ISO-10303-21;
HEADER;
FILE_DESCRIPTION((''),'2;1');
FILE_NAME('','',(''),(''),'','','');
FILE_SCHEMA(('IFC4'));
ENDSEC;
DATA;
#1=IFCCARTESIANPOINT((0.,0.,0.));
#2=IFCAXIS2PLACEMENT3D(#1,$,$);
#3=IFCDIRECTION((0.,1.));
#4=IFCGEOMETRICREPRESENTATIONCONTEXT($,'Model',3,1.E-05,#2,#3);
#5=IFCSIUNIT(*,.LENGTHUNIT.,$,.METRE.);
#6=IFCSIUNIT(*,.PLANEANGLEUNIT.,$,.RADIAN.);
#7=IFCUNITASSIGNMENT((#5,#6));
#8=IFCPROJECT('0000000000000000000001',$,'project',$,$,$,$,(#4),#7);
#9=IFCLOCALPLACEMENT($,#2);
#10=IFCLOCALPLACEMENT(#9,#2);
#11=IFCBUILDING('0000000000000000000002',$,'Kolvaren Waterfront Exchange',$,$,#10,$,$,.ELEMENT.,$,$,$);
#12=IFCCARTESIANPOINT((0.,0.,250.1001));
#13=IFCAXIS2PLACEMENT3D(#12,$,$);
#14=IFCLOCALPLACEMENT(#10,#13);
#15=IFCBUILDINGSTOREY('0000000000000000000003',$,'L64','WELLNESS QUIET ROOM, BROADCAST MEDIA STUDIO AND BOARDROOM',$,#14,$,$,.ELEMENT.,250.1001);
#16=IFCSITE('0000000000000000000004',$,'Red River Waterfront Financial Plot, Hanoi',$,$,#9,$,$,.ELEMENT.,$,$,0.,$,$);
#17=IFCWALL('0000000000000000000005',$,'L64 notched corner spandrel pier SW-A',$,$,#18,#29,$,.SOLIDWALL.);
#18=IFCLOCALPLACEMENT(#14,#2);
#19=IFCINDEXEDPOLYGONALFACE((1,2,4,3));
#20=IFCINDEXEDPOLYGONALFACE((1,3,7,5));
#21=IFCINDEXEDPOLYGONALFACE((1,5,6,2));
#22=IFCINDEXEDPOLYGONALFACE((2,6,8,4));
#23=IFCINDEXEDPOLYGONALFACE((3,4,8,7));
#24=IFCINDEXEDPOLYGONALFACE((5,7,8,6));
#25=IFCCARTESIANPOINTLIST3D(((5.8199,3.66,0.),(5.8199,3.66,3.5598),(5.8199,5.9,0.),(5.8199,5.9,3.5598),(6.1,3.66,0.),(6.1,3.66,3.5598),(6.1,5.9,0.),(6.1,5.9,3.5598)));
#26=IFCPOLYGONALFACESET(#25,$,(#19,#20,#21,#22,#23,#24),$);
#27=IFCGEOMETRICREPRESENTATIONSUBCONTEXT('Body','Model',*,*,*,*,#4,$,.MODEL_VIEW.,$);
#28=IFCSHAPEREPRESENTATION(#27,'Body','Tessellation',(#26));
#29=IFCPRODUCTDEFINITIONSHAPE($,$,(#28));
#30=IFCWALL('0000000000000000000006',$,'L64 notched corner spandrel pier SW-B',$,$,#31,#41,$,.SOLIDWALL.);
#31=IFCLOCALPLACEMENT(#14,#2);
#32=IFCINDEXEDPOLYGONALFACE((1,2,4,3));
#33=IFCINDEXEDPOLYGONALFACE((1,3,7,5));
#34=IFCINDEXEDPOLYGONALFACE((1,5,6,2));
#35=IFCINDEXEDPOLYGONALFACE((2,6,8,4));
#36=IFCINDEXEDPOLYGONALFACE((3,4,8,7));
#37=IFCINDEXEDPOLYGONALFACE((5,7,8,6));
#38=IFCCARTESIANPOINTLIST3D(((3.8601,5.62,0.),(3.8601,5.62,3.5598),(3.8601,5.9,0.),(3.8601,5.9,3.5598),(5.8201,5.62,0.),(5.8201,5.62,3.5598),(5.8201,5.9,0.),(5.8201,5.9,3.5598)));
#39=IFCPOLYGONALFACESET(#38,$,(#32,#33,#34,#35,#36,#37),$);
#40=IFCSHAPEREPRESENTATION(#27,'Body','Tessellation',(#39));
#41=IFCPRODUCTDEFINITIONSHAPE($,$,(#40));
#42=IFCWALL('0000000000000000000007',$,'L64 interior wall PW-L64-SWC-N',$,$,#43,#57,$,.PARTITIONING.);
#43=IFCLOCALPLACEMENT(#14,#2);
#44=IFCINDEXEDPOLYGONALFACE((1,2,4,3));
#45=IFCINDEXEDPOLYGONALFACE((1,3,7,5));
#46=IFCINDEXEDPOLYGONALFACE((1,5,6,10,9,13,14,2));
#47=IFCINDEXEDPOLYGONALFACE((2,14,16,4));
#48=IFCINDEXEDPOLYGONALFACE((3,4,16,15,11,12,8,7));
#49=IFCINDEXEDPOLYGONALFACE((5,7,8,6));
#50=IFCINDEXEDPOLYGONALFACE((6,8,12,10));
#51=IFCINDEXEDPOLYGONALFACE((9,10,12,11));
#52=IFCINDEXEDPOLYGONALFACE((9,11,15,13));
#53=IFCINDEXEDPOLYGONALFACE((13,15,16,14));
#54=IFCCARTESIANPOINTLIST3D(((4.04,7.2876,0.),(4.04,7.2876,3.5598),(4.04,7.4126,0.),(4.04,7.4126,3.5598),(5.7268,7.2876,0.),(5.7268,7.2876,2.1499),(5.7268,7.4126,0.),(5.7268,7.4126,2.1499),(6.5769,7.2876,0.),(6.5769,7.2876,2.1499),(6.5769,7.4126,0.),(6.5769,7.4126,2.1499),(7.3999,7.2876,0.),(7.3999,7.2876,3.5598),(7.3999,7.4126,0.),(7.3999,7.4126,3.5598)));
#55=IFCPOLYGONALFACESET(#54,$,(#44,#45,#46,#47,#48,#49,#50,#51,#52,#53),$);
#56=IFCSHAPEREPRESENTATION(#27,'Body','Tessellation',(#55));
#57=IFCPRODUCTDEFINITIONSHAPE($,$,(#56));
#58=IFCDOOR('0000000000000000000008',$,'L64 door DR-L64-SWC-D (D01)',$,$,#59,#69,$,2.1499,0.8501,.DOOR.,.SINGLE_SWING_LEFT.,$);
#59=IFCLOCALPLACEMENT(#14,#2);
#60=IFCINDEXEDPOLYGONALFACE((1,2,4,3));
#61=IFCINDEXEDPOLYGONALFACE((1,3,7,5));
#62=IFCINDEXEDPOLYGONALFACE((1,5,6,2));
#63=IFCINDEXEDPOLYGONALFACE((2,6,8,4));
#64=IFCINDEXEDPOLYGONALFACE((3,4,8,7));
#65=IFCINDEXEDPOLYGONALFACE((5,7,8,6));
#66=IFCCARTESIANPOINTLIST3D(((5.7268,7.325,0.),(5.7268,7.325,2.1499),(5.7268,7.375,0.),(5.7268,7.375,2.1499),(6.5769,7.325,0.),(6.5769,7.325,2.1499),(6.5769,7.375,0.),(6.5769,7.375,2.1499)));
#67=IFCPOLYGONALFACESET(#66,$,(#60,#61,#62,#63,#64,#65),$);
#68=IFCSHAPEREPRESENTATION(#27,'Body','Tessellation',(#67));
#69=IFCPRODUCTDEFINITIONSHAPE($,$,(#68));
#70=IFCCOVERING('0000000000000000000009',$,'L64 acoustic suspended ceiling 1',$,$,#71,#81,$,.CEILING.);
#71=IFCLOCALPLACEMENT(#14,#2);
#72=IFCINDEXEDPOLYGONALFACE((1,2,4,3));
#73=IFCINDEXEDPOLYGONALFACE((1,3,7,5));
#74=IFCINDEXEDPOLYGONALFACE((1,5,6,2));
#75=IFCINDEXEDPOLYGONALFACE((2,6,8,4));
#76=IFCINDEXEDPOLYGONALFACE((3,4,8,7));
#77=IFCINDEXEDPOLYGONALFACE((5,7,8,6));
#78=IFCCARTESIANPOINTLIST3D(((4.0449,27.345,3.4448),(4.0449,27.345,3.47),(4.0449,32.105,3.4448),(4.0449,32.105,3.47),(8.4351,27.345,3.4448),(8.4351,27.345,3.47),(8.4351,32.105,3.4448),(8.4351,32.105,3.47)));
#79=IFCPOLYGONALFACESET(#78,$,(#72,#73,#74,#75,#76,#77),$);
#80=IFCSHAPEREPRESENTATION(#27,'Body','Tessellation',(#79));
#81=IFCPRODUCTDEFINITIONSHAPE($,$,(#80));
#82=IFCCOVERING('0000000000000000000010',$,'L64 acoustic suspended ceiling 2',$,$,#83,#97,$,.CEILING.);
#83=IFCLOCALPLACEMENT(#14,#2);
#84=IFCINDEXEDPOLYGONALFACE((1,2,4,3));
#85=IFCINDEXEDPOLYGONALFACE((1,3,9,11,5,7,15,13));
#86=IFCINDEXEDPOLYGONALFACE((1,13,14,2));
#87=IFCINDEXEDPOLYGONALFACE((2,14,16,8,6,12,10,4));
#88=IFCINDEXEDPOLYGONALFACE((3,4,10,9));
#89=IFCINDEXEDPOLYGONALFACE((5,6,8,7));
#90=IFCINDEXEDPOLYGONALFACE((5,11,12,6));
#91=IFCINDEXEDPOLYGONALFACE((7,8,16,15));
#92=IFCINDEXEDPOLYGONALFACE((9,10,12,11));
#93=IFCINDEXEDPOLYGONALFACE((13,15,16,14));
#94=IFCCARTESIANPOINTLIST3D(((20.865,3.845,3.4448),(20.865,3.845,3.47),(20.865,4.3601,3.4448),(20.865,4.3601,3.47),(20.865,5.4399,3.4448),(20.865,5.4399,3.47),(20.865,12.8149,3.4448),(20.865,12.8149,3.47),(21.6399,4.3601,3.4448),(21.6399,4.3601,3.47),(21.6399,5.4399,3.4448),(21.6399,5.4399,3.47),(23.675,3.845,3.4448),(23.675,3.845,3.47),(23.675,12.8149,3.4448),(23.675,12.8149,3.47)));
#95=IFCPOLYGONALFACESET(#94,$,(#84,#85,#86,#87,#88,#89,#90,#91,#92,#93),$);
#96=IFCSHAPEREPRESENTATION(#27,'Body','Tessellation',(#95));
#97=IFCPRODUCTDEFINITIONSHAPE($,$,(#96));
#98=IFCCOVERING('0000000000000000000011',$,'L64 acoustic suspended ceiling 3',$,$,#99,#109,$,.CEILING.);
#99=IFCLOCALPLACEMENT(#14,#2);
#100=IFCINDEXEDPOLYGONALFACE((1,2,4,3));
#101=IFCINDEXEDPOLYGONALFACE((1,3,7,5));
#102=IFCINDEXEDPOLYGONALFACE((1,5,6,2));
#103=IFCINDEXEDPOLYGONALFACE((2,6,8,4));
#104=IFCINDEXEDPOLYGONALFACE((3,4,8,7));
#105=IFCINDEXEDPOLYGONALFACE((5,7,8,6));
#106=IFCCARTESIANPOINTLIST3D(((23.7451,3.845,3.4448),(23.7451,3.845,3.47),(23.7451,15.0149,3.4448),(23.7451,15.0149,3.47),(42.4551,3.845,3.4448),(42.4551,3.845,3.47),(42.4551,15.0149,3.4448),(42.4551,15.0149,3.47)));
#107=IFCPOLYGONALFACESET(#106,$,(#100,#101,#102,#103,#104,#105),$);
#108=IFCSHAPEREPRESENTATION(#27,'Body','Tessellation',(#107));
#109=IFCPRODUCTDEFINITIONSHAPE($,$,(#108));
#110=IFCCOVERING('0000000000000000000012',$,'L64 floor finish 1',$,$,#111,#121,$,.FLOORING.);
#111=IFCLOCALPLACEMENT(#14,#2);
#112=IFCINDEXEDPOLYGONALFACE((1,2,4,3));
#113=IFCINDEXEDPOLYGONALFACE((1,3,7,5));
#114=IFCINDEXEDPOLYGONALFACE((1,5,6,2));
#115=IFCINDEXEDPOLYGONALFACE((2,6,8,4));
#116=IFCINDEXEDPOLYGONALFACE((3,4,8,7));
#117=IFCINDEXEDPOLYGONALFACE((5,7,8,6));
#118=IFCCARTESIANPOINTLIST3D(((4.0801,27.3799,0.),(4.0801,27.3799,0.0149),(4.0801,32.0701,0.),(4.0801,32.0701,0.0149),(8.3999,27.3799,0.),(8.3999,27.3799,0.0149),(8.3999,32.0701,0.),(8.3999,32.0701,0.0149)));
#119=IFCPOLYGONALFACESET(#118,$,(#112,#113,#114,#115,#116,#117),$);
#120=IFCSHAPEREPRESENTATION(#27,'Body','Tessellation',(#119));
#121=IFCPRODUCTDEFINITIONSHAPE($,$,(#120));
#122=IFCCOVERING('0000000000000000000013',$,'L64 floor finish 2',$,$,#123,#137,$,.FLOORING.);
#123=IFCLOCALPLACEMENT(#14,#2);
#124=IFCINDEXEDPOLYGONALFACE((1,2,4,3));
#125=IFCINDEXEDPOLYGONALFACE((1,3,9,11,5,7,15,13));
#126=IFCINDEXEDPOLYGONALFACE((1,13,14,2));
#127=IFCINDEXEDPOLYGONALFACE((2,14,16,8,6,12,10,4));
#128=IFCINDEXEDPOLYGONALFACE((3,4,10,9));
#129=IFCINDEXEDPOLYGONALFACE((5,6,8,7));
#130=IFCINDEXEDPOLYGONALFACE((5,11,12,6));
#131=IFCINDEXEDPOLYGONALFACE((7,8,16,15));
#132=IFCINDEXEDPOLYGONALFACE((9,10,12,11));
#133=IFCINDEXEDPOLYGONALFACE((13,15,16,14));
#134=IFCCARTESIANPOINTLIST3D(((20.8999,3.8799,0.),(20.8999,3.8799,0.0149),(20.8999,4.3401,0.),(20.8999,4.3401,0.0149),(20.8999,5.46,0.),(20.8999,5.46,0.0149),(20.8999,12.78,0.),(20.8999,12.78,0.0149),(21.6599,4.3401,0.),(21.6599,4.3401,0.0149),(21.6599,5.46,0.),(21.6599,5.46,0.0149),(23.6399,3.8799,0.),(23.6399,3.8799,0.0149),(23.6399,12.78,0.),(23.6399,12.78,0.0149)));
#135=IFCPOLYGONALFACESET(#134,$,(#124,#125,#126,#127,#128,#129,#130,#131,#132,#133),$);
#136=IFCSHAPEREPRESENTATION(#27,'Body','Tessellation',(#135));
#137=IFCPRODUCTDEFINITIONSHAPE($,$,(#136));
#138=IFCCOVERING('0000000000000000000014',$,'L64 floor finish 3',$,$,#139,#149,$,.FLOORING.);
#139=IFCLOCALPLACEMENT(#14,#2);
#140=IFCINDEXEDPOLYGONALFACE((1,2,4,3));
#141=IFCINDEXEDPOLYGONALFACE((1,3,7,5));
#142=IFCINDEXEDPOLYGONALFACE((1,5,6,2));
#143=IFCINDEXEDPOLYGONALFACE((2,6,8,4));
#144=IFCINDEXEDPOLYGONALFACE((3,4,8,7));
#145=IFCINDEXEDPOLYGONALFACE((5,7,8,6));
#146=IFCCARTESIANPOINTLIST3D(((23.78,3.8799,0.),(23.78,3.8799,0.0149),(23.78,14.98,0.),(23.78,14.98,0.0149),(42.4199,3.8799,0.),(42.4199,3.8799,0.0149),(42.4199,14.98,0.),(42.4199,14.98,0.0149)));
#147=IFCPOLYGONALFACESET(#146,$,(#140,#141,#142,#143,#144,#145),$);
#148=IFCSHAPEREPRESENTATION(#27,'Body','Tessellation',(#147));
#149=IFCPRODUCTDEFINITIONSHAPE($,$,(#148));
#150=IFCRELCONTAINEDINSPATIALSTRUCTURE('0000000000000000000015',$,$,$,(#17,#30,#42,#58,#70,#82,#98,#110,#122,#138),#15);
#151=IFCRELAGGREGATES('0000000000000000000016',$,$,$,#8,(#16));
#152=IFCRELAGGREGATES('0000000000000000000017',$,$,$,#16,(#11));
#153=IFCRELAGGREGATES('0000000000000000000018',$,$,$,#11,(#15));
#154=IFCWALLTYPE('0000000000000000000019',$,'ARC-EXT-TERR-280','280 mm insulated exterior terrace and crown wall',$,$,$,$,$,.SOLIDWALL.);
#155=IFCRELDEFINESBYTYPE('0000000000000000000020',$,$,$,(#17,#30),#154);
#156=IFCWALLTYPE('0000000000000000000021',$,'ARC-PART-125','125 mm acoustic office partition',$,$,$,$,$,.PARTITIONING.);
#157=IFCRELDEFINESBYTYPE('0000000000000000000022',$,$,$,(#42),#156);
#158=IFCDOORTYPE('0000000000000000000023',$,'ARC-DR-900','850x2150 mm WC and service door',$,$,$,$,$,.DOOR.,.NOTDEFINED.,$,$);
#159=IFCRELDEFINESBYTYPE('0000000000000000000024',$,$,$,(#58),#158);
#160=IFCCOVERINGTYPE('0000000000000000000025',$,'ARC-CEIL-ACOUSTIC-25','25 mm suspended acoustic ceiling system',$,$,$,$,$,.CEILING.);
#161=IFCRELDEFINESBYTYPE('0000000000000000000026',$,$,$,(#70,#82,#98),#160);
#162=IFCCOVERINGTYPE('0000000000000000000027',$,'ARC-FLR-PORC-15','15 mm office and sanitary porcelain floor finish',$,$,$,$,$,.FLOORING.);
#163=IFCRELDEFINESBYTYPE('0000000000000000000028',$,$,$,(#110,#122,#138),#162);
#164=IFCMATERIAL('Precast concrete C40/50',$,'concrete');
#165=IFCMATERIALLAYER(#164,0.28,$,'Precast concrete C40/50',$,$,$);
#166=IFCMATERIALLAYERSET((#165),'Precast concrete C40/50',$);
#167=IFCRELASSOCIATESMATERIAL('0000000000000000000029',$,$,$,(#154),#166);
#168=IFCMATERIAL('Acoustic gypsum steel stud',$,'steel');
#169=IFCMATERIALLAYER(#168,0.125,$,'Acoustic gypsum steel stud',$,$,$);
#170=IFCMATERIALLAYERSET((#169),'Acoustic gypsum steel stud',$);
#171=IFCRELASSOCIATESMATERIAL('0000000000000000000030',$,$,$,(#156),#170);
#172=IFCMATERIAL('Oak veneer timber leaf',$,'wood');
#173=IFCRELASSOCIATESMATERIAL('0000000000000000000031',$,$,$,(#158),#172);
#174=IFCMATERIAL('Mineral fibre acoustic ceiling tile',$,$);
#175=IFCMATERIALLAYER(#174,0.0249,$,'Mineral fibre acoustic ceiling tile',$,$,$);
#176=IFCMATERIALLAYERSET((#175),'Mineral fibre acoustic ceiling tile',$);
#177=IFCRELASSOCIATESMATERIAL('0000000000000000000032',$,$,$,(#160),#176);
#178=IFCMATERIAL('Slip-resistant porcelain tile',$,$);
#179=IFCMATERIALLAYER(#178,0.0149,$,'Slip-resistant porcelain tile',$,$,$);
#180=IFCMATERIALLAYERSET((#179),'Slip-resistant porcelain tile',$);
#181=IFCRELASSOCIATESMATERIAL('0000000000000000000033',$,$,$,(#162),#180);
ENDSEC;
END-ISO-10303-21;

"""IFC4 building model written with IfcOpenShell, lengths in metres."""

from ifc_helpers import new_model, si_unit, direction, frame, frame_2d, origin, place, context, subcontext, project, spatial, polyline, rectangle, outline, extrude, material, layer, layer_set, type_object, element, fill, save


model = new_model("IFC4")

# Units and contexts
model_context = context("Model", 3, precision=1e-05, world=origin(), true_north=direction((0.0, 1.0)))
body_context = subcontext(model_context, "Body", "Model", "MODEL_VIEW")
ifc_project = project(units=[si_unit("LENGTHUNIT", "METRE"), si_unit("PLANEANGLEUNIT", "RADIAN")], contexts=[model_context])

# Site, building, storey
site_placement = place(None, origin())
site = spatial("IfcSite", under=ifc_project, at=site_placement, Name="Red River Waterfront Financial Plot, Hanoi", CompositionType="ELEMENT", RefElevation=0.0)
building_placement = place(site_placement, origin())
building = spatial("IfcBuilding", under=site, at=building_placement, Name="Kolvaren Waterfront Exchange", CompositionType="ELEMENT")
storey_placement = place(building_placement, frame((0.0, 0.0, 250.1001)))
storey = spatial("IfcBuildingStorey", under=building, at=storey_placement, Name="L64", Description="WELLNESS QUIET ROOM, BROADCAST MEDIA STUDIO AND BOARDROOM", CompositionType="ELEMENT", Elevation=250.1001)

# Walls
ifc_material_1 = material(Name="Precast concrete C40/50", Category="concrete")
ifc_layer_1 = layer(ifc_material_1, 0.28, Name="Precast concrete C40/50")
ifc_layer_set_1 = layer_set([ifc_layer_1], Name="Precast concrete C40/50")
wall_type_1 = type_object("IfcWallType", Name="ARC-EXT-TERR-280", Description="280 mm insulated exterior terrace and crown wall", PredefinedType="SOLIDWALL", material=ifc_layer_set_1)
wall_1_placement = place(storey_placement, frame((5.96, 3.6599, 0.0), z_axis=(0.0, 0.0, 1.0), x_axis=(0.0, 1.0, 0.0)))
element("IfcWall", 1, at=wall_1_placement, inside=storey, type_object=wall_type_1, Name="L64 notched corner spandrel pier SW-A", PredefinedType="SOLIDWALL", context=body_context, shape_type="SweptSolid", body=[
    extrude(rectangle(XDim=2.24, YDim=0.28, at=frame_2d((1.1201, 0.0))), origin(), (0.0, 0.0, 1.0), 3.5598),
])
wall_2_placement = place(storey_placement, frame((3.8601, 5.76, 0.0), z_axis=(0.0, 0.0, 1.0), x_axis=(1.0, 0.0, 0.0)))
element("IfcWall", 2, at=wall_2_placement, inside=storey, type_object=wall_type_1, Name="L64 notched corner spandrel pier SW-B", PredefinedType="SOLIDWALL", context=body_context, shape_type="SweptSolid", body=[
    extrude(rectangle(XDim=1.96, YDim=0.28, at=frame_2d((0.98, 0.0))), origin(), (0.0, 0.0, 1.0), 3.5598),
])

# Wall, opening, door
ifc_material_2 = material(Name="Acoustic gypsum steel stud", Category="steel")
ifc_layer_2 = layer(ifc_material_2, 0.125, Name="Acoustic gypsum steel stud")
ifc_layer_set_2 = layer_set([ifc_layer_2], Name="Acoustic gypsum steel stud")
wall_type_2 = type_object("IfcWallType", Name="ARC-PART-125", Description="125 mm acoustic office partition", PredefinedType="PARTITIONING", material=ifc_layer_set_2)
wall_3_placement = place(storey_placement, frame((4.04, 7.3501, 0.0), z_axis=(0.0, 0.0, 1.0), x_axis=(1.0, 0.0, 0.0)))
wall_3 = element("IfcWall", 3, at=wall_3_placement, inside=storey, type_object=wall_type_2, Name="L64 interior wall PW-L64-SWC-N", PredefinedType="PARTITIONING", context=body_context, shape_type="SweptSolid", body=[
    extrude(rectangle(XDim=3.3599, YDim=0.125, at=frame_2d((1.6799, 0.0))), origin(), (0.0, 0.0, 1.0), 3.5598),
])
opening_placement = place(wall_3_placement, frame((1.6868, 0.0, 0.0)))
opening = element("IfcOpeningElement", 4, at=opening_placement, cuts=wall_3, PredefinedType="OPENING", context=body_context, shape_type="SweptSolid", body=[
    extrude(rectangle(XDim=0.8501, YDim=2.1499, at=frame_2d((0.425, 1.075))), frame((0.0, 0.0725, 0.0), z_axis=(0.0, -1.0, 0.0), x_axis=(1.0, 0.0, 0.0)), (0.0, 0.0, 1.0), 0.145),
])
ifc_material_3 = material(Name="Oak veneer timber leaf", Category="wood")
door_type = type_object("IfcDoorType", Name="ARC-DR-900", Description="850x2150 mm WC and service door", OperationType="NOTDEFINED", PredefinedType="DOOR", material=ifc_material_3)
door_placement = place(opening_placement, origin())
door = element("IfcDoor", 5, at=door_placement, inside=storey, type_object=door_type, Name="L64 door DR-L64-SWC-D (D01)", OperationType="SINGLE_SWING_LEFT", OverallHeight=2.1499, OverallWidth=0.8501, PredefinedType="DOOR", context=body_context, shape_type="SweptSolid", body=[
    extrude(rectangle(XDim=0.8501, YDim=2.1499, at=frame_2d((0.425, 1.075))), frame((0.0, 0.0249, 0.0), z_axis=(0.0, -1.0, 0.0), x_axis=(1.0, 0.0, 0.0)), (0.0, 0.0, 1.0), 0.05),
])
fill(opening, door)

# Coverings
ifc_material_4 = material(Name="Mineral fibre acoustic ceiling tile")
ifc_layer_3 = layer(ifc_material_4, 0.0249, Name="Mineral fibre acoustic ceiling tile")
ifc_layer_set_3 = layer_set([ifc_layer_3], Name="Mineral fibre acoustic ceiling tile")
covering_type_1 = type_object("IfcCoveringType", Name="ARC-CEIL-ACOUSTIC-25", Description="25 mm suspended acoustic ceiling system", PredefinedType="CEILING", material=ifc_layer_set_3)
covering_1_placement = place(storey_placement, frame((0.0, 0.0, 3.4448)))
element("IfcCovering", 6, at=covering_1_placement, inside=storey, type_object=covering_type_1, Name="L64 acoustic suspended ceiling 1", PredefinedType="CEILING", context=body_context, shape_type="SweptSolid", body=[
    extrude(outline(polyline([(8.4351, 27.345), (8.4351, 32.105), (4.0449, 32.105), (4.0449, 27.345), (8.4351, 27.345)])), origin(), (0.0, 0.0, 1.0), 0.0251),
])
covering_2_placement = place(storey_placement, frame((0.0, 0.0, 3.4448)))
element("IfcCovering", 7, at=covering_2_placement, inside=storey, type_object=covering_type_1, Name="L64 acoustic suspended ceiling 2", PredefinedType="CEILING", context=body_context, shape_type="SweptSolid", body=[
    extrude(outline(polyline([(20.865, 5.4399), (21.6399, 5.4399), (21.6399, 4.3601), (20.865, 4.3601), (20.865, 3.845), (23.675, 3.845), (23.675, 12.8149), (20.865, 12.8149), (20.865, 5.4399)])), origin(), (0.0, 0.0, 1.0), 0.0251),
])
covering_3_placement = place(storey_placement, frame((0.0, 0.0, 3.4448)))
element("IfcCovering", 8, at=covering_3_placement, inside=storey, type_object=covering_type_1, Name="L64 acoustic suspended ceiling 3", PredefinedType="CEILING", context=body_context, shape_type="SweptSolid", body=[
    extrude(outline(polyline([(42.4551, 3.845), (42.4551, 15.0149), (23.7451, 15.0149), (23.7451, 3.845), (42.4551, 3.845)])), origin(), (0.0, 0.0, 1.0), 0.0251),
])
ifc_material_5 = material(Name="Slip-resistant porcelain tile")
ifc_layer_4 = layer(ifc_material_5, 0.0149, Name="Slip-resistant porcelain tile")
ifc_layer_set_4 = layer_set([ifc_layer_4], Name="Slip-resistant porcelain tile")
covering_type_2 = type_object("IfcCoveringType", Name="ARC-FLR-PORC-15", Description="15 mm office and sanitary porcelain floor finish", PredefinedType="FLOORING", material=ifc_layer_set_4)
covering_4_placement = place(storey_placement, origin())
element("IfcCovering", 9, at=covering_4_placement, inside=storey, type_object=covering_type_2, Name="L64 floor finish 1", PredefinedType="FLOORING", context=body_context, shape_type="SweptSolid", body=[
    extrude(outline(polyline([(4.0801, 32.0701), (4.0801, 27.3799), (8.3999, 27.3799), (8.3999, 32.0701), (4.0801, 32.0701)])), origin(), (0.0, 0.0, 1.0), 0.0149),
])
covering_5_placement = place(storey_placement, origin())
element("IfcCovering", 10, at=covering_5_placement, inside=storey, type_object=covering_type_2, Name="L64 floor finish 2", PredefinedType="FLOORING", context=body_context, shape_type="SweptSolid", body=[
    extrude(outline(polyline([(20.8999, 4.3401), (20.8999, 3.8799), (23.6399, 3.8799), (23.6399, 12.78), (20.8999, 12.78), (20.8999, 5.46), (21.6599, 5.46), (21.6599, 4.3401), (20.8999, 4.3401)])), origin(), (0.0, 0.0, 1.0), 0.0149),
])
covering_6_placement = place(storey_placement, origin())
element("IfcCovering", 11, at=covering_6_placement, inside=storey, type_object=covering_type_2, Name="L64 floor finish 3", PredefinedType="FLOORING", context=body_context, shape_type="SweptSolid", body=[
    extrude(outline(polyline([(23.78, 14.98), (23.78, 3.8799), (42.4199, 3.8799), (42.4199, 14.98), (23.78, 14.98)])), origin(), (0.0, 0.0, 1.0), 0.0149),
])

save(model, "model.ifc")
